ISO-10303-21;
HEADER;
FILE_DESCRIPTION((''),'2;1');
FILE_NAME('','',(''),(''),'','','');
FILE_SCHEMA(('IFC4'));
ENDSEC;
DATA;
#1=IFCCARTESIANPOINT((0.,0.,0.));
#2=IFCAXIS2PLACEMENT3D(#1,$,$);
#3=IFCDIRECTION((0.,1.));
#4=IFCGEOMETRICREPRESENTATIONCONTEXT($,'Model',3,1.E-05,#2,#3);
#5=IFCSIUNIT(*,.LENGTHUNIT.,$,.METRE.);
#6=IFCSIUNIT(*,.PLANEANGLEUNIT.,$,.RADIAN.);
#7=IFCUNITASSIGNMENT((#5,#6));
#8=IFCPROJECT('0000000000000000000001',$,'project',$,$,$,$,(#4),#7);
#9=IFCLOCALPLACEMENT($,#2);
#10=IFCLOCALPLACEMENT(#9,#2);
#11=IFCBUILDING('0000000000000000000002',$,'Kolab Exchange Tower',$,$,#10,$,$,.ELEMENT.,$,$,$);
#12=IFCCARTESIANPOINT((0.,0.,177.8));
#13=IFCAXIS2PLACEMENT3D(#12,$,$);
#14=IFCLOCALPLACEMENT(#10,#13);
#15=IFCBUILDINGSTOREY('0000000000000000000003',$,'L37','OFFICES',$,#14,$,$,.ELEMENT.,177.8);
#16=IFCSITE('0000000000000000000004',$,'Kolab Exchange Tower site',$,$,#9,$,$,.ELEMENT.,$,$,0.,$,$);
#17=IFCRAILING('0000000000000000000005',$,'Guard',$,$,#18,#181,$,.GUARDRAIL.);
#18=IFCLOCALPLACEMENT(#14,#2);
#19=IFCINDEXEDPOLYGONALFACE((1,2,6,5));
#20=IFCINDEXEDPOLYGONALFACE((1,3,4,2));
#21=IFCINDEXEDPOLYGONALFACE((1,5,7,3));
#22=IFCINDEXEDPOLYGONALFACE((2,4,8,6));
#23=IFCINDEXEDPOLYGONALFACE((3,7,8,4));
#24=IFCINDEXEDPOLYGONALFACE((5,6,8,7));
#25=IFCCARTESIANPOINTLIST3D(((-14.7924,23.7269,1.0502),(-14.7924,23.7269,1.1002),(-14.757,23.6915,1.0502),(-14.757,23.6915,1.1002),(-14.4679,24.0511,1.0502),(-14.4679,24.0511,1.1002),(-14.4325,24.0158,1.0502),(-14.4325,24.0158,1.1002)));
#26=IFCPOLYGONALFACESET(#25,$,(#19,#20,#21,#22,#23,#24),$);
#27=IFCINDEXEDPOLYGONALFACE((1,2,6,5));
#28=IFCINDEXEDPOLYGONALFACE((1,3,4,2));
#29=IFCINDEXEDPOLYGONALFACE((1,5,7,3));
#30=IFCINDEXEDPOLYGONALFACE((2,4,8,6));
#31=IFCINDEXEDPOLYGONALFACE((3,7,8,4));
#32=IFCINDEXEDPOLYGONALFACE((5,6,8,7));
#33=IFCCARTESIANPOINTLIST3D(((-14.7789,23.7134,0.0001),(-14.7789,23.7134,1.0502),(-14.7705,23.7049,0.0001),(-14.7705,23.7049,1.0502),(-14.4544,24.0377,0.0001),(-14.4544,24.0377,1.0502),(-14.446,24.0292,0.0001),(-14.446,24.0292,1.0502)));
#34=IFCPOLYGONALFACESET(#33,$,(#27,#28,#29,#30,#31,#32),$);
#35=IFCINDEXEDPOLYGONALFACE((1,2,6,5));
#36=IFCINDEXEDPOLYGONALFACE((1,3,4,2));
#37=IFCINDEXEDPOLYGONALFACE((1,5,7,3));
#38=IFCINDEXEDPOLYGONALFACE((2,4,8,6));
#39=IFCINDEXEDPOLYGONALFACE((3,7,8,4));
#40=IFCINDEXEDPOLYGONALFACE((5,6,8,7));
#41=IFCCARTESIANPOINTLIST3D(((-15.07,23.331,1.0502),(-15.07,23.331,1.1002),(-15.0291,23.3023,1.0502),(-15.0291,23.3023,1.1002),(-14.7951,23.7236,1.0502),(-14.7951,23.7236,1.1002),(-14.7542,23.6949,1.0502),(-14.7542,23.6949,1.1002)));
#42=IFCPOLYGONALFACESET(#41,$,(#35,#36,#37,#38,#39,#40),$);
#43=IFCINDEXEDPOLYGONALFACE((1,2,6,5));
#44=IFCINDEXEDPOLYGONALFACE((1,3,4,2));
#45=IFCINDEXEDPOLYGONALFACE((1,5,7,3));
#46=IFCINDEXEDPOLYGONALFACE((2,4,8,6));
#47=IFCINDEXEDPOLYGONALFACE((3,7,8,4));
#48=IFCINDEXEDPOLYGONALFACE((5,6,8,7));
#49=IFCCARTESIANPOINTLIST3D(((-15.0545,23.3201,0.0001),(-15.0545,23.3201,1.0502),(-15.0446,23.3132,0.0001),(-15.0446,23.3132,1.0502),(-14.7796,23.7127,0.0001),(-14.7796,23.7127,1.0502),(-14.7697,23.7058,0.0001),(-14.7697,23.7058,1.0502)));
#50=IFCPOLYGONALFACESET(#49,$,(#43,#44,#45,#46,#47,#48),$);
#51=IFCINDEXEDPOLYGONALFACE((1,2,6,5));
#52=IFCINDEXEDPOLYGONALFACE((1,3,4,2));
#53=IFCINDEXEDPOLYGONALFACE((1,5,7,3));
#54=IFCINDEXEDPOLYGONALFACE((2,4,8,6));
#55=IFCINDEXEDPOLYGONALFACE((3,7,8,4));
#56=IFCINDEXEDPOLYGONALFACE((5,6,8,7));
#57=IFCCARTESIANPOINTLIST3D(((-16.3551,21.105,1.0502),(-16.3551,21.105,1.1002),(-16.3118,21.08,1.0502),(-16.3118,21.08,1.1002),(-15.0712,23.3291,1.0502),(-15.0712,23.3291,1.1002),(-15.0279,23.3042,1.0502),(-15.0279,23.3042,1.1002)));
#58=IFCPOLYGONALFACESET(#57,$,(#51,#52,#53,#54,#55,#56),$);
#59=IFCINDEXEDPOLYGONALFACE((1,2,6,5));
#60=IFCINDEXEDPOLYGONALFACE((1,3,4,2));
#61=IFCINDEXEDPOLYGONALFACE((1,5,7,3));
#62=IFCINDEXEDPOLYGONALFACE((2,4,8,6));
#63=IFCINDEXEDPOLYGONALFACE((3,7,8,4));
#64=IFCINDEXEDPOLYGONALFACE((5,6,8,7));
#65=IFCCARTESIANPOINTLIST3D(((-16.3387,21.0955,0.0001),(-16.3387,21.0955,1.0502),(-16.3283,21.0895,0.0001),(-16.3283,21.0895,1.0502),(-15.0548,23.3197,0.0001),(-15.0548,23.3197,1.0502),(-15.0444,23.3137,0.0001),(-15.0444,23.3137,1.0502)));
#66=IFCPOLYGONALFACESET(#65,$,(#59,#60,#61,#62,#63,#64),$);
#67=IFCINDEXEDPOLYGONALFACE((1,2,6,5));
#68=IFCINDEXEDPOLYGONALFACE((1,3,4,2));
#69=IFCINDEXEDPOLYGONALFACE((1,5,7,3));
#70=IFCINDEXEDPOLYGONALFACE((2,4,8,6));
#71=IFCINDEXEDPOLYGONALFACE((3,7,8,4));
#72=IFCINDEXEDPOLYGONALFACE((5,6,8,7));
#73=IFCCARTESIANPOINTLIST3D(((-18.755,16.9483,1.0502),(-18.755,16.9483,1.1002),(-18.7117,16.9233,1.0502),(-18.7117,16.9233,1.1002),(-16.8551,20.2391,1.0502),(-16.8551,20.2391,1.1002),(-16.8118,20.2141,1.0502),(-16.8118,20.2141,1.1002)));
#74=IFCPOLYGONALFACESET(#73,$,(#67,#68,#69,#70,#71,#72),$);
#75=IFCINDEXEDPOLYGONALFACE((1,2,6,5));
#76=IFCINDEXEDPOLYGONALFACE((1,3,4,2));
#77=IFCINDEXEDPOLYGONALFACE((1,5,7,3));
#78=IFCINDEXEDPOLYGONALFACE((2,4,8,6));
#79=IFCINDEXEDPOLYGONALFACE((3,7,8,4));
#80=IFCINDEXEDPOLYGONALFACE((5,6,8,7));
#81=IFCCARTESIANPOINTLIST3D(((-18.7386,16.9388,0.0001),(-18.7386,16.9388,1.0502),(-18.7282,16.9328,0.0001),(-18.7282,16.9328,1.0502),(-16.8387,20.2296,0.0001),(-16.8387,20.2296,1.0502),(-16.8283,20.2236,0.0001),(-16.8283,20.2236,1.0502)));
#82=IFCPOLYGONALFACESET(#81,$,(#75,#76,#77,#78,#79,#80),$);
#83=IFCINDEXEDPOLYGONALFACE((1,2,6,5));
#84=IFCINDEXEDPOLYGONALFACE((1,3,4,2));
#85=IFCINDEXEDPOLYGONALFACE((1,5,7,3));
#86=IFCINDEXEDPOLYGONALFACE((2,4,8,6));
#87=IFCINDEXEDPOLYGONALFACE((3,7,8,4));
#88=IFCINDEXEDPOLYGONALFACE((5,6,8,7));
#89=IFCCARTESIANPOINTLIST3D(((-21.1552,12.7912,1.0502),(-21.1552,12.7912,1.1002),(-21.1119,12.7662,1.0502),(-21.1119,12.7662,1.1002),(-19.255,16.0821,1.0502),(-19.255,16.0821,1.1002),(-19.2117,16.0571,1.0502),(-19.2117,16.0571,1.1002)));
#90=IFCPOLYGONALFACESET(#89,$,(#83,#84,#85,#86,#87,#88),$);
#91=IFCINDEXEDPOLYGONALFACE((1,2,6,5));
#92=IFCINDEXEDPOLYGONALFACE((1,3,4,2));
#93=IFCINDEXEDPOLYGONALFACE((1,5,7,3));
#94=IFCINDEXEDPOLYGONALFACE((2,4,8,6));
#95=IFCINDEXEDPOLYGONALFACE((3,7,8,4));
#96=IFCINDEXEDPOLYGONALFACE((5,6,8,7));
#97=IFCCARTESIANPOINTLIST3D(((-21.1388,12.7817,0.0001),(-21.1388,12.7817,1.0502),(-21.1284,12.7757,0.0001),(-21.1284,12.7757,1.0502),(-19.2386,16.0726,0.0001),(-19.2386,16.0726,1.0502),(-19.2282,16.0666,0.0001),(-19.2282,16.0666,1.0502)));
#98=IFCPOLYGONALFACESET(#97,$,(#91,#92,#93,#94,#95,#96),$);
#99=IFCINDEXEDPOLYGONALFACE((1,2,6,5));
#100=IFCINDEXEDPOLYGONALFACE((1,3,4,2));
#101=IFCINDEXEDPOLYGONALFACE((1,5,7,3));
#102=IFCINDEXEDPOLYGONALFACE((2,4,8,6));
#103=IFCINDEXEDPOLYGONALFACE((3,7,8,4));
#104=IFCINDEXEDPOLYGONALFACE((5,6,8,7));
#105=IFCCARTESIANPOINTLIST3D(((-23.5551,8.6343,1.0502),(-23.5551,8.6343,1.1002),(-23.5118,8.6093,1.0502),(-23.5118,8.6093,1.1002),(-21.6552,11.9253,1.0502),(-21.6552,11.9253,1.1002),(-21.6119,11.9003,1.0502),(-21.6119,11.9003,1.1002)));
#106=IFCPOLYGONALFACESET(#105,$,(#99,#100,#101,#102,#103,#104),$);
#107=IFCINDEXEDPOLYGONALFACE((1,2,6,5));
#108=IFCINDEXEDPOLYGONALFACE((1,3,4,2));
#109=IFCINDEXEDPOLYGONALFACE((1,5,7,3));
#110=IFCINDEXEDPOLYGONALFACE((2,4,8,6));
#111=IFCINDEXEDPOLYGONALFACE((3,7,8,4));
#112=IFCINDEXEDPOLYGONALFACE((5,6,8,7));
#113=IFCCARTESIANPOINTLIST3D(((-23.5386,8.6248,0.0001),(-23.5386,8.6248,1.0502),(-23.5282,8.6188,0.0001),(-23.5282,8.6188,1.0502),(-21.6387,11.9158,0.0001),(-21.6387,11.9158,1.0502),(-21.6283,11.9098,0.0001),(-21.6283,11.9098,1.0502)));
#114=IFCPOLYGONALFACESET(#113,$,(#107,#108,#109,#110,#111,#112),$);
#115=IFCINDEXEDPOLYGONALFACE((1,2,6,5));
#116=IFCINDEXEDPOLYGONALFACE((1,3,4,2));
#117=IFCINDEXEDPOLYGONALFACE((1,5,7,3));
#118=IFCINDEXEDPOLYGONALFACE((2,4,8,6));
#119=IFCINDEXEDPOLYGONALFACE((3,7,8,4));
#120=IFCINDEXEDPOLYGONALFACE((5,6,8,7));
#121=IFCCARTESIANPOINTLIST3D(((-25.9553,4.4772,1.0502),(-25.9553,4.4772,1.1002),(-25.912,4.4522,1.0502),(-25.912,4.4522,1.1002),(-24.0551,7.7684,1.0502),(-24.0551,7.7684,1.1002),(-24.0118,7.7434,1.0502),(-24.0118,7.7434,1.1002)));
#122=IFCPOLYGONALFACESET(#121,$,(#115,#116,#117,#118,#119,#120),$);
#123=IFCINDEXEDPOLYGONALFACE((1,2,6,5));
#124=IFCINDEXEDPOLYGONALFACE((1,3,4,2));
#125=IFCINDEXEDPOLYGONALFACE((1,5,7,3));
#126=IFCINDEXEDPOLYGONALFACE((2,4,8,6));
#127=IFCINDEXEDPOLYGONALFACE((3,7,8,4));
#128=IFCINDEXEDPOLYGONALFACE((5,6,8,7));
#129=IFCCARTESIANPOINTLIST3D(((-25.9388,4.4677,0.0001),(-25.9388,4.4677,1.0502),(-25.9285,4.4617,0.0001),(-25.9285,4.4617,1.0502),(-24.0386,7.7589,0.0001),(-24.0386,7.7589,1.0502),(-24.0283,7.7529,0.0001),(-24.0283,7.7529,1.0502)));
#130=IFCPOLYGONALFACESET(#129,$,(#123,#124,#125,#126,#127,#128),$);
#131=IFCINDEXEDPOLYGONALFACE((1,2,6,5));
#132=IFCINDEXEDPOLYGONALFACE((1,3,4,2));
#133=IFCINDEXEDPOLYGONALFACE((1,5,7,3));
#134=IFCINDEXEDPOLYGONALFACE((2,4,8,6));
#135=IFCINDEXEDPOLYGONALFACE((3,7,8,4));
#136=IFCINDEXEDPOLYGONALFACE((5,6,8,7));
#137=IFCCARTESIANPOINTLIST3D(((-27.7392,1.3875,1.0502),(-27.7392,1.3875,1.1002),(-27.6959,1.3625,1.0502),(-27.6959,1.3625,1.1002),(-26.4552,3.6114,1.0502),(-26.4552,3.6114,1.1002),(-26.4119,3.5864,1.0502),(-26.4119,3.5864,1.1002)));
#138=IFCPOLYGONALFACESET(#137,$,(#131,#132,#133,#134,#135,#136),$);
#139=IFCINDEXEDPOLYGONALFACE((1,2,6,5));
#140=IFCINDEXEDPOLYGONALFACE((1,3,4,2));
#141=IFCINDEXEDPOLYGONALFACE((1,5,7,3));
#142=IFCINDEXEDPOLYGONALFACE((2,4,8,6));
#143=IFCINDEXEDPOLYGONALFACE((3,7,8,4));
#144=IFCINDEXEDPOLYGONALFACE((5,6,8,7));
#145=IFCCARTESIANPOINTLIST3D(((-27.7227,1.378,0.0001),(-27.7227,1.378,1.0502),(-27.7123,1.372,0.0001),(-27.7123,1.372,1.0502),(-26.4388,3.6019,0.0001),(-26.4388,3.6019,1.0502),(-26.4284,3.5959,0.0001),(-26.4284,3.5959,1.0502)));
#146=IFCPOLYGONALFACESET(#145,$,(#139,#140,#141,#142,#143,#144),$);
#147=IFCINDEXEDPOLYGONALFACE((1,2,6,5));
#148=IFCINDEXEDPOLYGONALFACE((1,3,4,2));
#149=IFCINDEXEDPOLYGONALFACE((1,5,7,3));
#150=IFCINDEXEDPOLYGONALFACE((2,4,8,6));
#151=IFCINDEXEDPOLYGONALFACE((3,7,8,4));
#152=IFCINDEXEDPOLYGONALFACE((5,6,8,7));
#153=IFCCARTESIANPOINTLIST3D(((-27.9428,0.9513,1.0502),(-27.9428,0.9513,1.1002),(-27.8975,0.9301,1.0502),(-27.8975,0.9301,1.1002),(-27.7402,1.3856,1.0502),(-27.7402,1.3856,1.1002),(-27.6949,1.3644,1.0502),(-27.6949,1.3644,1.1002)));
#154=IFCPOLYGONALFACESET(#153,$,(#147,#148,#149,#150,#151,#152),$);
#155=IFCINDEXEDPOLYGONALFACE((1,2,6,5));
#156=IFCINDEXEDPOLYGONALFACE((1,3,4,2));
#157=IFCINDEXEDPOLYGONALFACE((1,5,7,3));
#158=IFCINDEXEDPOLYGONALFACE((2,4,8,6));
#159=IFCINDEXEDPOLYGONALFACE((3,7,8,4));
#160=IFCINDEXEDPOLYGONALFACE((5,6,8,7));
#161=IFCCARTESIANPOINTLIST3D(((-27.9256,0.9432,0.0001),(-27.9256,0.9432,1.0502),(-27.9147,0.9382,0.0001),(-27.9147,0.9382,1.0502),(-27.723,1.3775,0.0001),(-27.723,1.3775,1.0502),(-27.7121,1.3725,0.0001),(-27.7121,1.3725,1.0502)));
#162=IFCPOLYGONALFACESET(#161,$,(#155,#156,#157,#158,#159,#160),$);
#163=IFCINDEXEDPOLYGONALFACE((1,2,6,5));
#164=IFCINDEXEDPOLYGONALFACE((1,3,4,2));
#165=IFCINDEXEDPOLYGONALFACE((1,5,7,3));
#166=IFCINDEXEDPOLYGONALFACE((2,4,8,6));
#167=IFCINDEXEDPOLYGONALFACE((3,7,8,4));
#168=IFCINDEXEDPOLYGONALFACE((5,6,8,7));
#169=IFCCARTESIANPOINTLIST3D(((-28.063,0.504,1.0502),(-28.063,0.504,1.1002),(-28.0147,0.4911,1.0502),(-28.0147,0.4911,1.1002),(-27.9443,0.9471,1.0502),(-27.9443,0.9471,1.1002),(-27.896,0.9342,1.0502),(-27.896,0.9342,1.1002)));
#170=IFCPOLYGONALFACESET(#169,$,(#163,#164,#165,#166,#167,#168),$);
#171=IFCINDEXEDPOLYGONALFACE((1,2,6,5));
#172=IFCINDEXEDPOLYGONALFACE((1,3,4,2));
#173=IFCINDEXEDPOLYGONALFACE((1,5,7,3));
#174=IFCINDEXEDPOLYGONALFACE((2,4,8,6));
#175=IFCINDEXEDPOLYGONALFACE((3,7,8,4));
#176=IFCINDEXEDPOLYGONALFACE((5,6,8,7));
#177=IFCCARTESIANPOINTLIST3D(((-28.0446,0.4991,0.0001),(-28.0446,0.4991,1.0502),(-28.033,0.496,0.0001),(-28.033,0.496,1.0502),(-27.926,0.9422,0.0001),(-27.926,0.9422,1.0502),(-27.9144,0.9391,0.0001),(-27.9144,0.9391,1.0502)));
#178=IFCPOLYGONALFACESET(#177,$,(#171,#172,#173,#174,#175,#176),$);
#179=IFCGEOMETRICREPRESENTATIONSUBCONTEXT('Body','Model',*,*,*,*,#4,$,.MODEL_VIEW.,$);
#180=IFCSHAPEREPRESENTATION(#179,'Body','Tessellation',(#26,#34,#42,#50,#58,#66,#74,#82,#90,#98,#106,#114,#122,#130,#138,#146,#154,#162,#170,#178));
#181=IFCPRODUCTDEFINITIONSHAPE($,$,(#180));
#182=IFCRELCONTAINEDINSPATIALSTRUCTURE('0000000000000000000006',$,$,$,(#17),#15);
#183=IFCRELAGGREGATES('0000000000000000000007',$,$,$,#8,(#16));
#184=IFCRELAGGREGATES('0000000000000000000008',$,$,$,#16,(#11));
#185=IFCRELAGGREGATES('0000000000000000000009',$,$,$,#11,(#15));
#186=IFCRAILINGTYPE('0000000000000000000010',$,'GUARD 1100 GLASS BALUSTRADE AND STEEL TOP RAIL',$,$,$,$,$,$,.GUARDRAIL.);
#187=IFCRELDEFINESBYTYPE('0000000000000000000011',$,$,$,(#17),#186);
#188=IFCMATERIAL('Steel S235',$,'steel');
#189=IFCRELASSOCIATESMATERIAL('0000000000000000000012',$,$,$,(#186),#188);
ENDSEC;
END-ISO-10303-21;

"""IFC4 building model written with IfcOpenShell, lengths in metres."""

from ifc_helpers import new_model, si_unit, direction, frame, frame_2d, origin, origin_2d, place, context, subcontext, project, spatial, rectangle, extrude, material, type_object, element, save


model = new_model("IFC4")

# Units and contexts
model_context = context("Model", 3, precision=1e-05, world=origin(), true_north=direction((0.0, 1.0)))
body_context = subcontext(model_context, "Body", "Model", "MODEL_VIEW")
ifc_project = project(units=[si_unit("LENGTHUNIT", "METRE"), si_unit("PLANEANGLEUNIT", "RADIAN")], contexts=[model_context])

# Site, building, storey
site_placement = place(None, origin())
site = spatial("IfcSite", under=ifc_project, at=site_placement, Name="Kolab Exchange Tower site", CompositionType="ELEMENT", RefElevation=0.0)
building_placement = place(site_placement, origin())
building = spatial("IfcBuilding", under=site, at=building_placement, Name="Kolab Exchange Tower", CompositionType="ELEMENT")
storey_placement = place(building_placement, frame((0.0, 0.0, 177.8)))
storey = spatial("IfcBuildingStorey", under=building, at=storey_placement, Name="L37", Description="OFFICES", CompositionType="ELEMENT", Elevation=177.8)

# Shared definitions
ifc_material_1 = material(Name="Steel S235", Category="steel")

# Railing
railing_type = type_object("IfcRailingType", Name="GUARD 1100 GLASS BALUSTRADE AND STEEL TOP RAIL", PredefinedType="GUARDRAIL", material=ifc_material_1)
railing_placement = place(storey_placement, frame((-14.4502, 24.0334, 0.0)))
element("IfcRailing", 1, at=railing_placement, inside=storey, type_object=railing_type, Name="Guard", PredefinedType="GUARDRAIL", context=body_context, shape_type="SweptSolid", body=[
    extrude(rectangle(XDim=0.05, YDim=0.05, at=origin_2d()), frame((0.0, 0.0, 1.0752), z_axis=(-0.707373, -0.706841, 0.0), x_axis=(0.706841, -0.707373, 0.0)), (0.0, 0.0, 1.0), 0.4587),
    extrude(rectangle(XDim=0.012, YDim=1.0501, at=frame_2d((0.0, 0.5251))), frame((0.0, 0.0, 0.0), z_axis=(-0.707373, -0.706841, 0.0), x_axis=(0.706841, -0.707373, 0.0)), (0.0, 0.0, 1.0), 0.4587),
    extrude(rectangle(XDim=0.05, YDim=0.05, at=origin_2d()), frame((-0.3245, -0.3242, 1.0752), z_axis=(-0.573599, -0.819136, 0.0), x_axis=(0.819136, -0.573599, 0.0)), (0.0, 0.0, 1.0), 0.4792),
    extrude(rectangle(XDim=0.012, YDim=1.0501, at=frame_2d((0.0, 0.5251))), frame((-0.3245, -0.3242, 0.0), z_axis=(-0.573599, -0.819136, 0.0), x_axis=(0.819136, -0.573599, 0.0)), (0.0, 0.0, 1.0), 0.4792),
    extrude(rectangle(XDim=0.05, YDim=0.05, at=origin_2d()), frame((-0.5994, -0.7168, 1.0752), z_axis=(-0.499953, -0.866053, 0.0), x_axis=(0.866053, -0.499953, 0.0)), (0.0, 0.0, 1.0), 2.5681),
    extrude(rectangle(XDim=0.012, YDim=1.0501, at=frame_2d((0.0, 0.5251))), frame((-0.5994, -0.7168, 0.0), z_axis=(-0.499953, -0.866053, 0.0), x_axis=(0.866053, -0.499953, 0.0)), (0.0, 0.0, 1.0), 2.5681),
    extrude(rectangle(XDim=0.05, YDim=0.05, at=origin_2d()), frame((-2.3833, -3.8069, 1.0752), z_axis=(-0.499995, -0.866028, 0.0), x_axis=(0.866028, -0.499995, 0.0)), (0.0, 0.0, 1.0), 3.7998),
    extrude(rectangle(XDim=0.012, YDim=1.0501, at=frame_2d((0.0, 0.5251))), frame((-2.3833, -3.8069, 0.0), z_axis=(-0.499995, -0.866028, 0.0), x_axis=(0.866028, -0.499995, 0.0)), (0.0, 0.0, 1.0), 3.7998),
    extrude(rectangle(XDim=0.05, YDim=0.05, at=origin_2d()), frame((-4.7832, -7.9639, 1.0752), z_axis=(-0.500043, -0.866, 0.0), x_axis=(0.866, -0.500043, 0.0)), (0.0, 0.0, 1.0), 3.8),
    extrude(rectangle(XDim=0.012, YDim=1.0501, at=frame_2d((0.0, 0.5251))), frame((-4.7832, -7.9639, 0.0), z_axis=(-0.500043, -0.866, 0.0), x_axis=(0.866, -0.500043, 0.0)), (0.0, 0.0, 1.0), 3.8),
    extrude(rectangle(XDim=0.05, YDim=0.05, at=origin_2d()), frame((-7.1833, -12.1206, 1.0752), z_axis=(-0.499967, -0.866044, 0.0), x_axis=(0.866044, -0.499967, 0.0)), (0.0, 0.0, 1.0), 3.8),
    extrude(rectangle(XDim=0.012, YDim=1.0501, at=frame_2d((0.0, 0.5251))), frame((-7.1833, -12.1206, 0.0), z_axis=(-0.499967, -0.866044, 0.0), x_axis=(0.866044, -0.499967, 0.0)), (0.0, 0.0, 1.0), 3.8),
    extrude(rectangle(XDim=0.05, YDim=0.05, at=origin_2d()), frame((-9.5833, -16.2776, 1.0752), z_axis=(-0.500015, -0.866017, 0.0), x_axis=(0.866017, -0.500015, 0.0)), (0.0, 0.0, 1.0), 3.8003),
    extrude(rectangle(XDim=0.012, YDim=1.0501, at=frame_2d((0.0, 0.5251))), frame((-9.5833, -16.2776, 0.0), z_axis=(-0.500015, -0.866017, 0.0), x_axis=(0.866017, -0.500015, 0.0)), (0.0, 0.0, 1.0), 3.8003),
    extrude(rectangle(XDim=0.05, YDim=0.05, at=origin_2d()), frame((-11.9834, -20.4346, 1.0752), z_axis=(-0.499994, -0.866029, 0.0), x_axis=(0.866029, -0.499994, 0.0)), (0.0, 0.0, 1.0), 2.5679),
    extrude(rectangle(XDim=0.012, YDim=1.0501, at=frame_2d((0.0, 0.5251))), frame((-11.9834, -20.4346, 0.0), z_axis=(-0.499994, -0.866029, 0.0), x_axis=(0.866029, -0.499994, 0.0)), (0.0, 0.0, 1.0), 2.5679),
    extrude(rectangle(XDim=0.05, YDim=0.05, at=origin_2d()), frame((-13.2673, -22.6584, 1.0752), z_axis=(-0.422802, -0.906222, 0.0), x_axis=(0.906222, -0.422802, 0.0)), (0.0, 0.0, 1.0), 0.4792),
    extrude(rectangle(XDim=0.012, YDim=1.0501, at=frame_2d((0.0, 0.5251))), frame((-13.2673, -22.6584, 0.0), z_axis=(-0.422802, -0.906222, 0.0), x_axis=(0.906222, -0.422802, 0.0)), (0.0, 0.0, 1.0), 0.4792),
    extrude(rectangle(XDim=0.05, YDim=0.05, at=origin_2d()), frame((-13.47, -23.0928, 1.0752), z_axis=(-0.258656, -0.965969, 0.0), x_axis=(0.965969, -0.258656, 0.0)), (0.0, 0.0, 1.0), 0.4587),
    extrude(rectangle(XDim=0.012, YDim=1.0501, at=frame_2d((0.0, 0.5251))), frame((-13.47, -23.0928, 0.0), z_axis=(-0.258656, -0.965969, 0.0), x_axis=(0.965969, -0.258656, 0.0)), (0.0, 0.0, 1.0), 0.4587),
])

save(model, "model.ifc")
